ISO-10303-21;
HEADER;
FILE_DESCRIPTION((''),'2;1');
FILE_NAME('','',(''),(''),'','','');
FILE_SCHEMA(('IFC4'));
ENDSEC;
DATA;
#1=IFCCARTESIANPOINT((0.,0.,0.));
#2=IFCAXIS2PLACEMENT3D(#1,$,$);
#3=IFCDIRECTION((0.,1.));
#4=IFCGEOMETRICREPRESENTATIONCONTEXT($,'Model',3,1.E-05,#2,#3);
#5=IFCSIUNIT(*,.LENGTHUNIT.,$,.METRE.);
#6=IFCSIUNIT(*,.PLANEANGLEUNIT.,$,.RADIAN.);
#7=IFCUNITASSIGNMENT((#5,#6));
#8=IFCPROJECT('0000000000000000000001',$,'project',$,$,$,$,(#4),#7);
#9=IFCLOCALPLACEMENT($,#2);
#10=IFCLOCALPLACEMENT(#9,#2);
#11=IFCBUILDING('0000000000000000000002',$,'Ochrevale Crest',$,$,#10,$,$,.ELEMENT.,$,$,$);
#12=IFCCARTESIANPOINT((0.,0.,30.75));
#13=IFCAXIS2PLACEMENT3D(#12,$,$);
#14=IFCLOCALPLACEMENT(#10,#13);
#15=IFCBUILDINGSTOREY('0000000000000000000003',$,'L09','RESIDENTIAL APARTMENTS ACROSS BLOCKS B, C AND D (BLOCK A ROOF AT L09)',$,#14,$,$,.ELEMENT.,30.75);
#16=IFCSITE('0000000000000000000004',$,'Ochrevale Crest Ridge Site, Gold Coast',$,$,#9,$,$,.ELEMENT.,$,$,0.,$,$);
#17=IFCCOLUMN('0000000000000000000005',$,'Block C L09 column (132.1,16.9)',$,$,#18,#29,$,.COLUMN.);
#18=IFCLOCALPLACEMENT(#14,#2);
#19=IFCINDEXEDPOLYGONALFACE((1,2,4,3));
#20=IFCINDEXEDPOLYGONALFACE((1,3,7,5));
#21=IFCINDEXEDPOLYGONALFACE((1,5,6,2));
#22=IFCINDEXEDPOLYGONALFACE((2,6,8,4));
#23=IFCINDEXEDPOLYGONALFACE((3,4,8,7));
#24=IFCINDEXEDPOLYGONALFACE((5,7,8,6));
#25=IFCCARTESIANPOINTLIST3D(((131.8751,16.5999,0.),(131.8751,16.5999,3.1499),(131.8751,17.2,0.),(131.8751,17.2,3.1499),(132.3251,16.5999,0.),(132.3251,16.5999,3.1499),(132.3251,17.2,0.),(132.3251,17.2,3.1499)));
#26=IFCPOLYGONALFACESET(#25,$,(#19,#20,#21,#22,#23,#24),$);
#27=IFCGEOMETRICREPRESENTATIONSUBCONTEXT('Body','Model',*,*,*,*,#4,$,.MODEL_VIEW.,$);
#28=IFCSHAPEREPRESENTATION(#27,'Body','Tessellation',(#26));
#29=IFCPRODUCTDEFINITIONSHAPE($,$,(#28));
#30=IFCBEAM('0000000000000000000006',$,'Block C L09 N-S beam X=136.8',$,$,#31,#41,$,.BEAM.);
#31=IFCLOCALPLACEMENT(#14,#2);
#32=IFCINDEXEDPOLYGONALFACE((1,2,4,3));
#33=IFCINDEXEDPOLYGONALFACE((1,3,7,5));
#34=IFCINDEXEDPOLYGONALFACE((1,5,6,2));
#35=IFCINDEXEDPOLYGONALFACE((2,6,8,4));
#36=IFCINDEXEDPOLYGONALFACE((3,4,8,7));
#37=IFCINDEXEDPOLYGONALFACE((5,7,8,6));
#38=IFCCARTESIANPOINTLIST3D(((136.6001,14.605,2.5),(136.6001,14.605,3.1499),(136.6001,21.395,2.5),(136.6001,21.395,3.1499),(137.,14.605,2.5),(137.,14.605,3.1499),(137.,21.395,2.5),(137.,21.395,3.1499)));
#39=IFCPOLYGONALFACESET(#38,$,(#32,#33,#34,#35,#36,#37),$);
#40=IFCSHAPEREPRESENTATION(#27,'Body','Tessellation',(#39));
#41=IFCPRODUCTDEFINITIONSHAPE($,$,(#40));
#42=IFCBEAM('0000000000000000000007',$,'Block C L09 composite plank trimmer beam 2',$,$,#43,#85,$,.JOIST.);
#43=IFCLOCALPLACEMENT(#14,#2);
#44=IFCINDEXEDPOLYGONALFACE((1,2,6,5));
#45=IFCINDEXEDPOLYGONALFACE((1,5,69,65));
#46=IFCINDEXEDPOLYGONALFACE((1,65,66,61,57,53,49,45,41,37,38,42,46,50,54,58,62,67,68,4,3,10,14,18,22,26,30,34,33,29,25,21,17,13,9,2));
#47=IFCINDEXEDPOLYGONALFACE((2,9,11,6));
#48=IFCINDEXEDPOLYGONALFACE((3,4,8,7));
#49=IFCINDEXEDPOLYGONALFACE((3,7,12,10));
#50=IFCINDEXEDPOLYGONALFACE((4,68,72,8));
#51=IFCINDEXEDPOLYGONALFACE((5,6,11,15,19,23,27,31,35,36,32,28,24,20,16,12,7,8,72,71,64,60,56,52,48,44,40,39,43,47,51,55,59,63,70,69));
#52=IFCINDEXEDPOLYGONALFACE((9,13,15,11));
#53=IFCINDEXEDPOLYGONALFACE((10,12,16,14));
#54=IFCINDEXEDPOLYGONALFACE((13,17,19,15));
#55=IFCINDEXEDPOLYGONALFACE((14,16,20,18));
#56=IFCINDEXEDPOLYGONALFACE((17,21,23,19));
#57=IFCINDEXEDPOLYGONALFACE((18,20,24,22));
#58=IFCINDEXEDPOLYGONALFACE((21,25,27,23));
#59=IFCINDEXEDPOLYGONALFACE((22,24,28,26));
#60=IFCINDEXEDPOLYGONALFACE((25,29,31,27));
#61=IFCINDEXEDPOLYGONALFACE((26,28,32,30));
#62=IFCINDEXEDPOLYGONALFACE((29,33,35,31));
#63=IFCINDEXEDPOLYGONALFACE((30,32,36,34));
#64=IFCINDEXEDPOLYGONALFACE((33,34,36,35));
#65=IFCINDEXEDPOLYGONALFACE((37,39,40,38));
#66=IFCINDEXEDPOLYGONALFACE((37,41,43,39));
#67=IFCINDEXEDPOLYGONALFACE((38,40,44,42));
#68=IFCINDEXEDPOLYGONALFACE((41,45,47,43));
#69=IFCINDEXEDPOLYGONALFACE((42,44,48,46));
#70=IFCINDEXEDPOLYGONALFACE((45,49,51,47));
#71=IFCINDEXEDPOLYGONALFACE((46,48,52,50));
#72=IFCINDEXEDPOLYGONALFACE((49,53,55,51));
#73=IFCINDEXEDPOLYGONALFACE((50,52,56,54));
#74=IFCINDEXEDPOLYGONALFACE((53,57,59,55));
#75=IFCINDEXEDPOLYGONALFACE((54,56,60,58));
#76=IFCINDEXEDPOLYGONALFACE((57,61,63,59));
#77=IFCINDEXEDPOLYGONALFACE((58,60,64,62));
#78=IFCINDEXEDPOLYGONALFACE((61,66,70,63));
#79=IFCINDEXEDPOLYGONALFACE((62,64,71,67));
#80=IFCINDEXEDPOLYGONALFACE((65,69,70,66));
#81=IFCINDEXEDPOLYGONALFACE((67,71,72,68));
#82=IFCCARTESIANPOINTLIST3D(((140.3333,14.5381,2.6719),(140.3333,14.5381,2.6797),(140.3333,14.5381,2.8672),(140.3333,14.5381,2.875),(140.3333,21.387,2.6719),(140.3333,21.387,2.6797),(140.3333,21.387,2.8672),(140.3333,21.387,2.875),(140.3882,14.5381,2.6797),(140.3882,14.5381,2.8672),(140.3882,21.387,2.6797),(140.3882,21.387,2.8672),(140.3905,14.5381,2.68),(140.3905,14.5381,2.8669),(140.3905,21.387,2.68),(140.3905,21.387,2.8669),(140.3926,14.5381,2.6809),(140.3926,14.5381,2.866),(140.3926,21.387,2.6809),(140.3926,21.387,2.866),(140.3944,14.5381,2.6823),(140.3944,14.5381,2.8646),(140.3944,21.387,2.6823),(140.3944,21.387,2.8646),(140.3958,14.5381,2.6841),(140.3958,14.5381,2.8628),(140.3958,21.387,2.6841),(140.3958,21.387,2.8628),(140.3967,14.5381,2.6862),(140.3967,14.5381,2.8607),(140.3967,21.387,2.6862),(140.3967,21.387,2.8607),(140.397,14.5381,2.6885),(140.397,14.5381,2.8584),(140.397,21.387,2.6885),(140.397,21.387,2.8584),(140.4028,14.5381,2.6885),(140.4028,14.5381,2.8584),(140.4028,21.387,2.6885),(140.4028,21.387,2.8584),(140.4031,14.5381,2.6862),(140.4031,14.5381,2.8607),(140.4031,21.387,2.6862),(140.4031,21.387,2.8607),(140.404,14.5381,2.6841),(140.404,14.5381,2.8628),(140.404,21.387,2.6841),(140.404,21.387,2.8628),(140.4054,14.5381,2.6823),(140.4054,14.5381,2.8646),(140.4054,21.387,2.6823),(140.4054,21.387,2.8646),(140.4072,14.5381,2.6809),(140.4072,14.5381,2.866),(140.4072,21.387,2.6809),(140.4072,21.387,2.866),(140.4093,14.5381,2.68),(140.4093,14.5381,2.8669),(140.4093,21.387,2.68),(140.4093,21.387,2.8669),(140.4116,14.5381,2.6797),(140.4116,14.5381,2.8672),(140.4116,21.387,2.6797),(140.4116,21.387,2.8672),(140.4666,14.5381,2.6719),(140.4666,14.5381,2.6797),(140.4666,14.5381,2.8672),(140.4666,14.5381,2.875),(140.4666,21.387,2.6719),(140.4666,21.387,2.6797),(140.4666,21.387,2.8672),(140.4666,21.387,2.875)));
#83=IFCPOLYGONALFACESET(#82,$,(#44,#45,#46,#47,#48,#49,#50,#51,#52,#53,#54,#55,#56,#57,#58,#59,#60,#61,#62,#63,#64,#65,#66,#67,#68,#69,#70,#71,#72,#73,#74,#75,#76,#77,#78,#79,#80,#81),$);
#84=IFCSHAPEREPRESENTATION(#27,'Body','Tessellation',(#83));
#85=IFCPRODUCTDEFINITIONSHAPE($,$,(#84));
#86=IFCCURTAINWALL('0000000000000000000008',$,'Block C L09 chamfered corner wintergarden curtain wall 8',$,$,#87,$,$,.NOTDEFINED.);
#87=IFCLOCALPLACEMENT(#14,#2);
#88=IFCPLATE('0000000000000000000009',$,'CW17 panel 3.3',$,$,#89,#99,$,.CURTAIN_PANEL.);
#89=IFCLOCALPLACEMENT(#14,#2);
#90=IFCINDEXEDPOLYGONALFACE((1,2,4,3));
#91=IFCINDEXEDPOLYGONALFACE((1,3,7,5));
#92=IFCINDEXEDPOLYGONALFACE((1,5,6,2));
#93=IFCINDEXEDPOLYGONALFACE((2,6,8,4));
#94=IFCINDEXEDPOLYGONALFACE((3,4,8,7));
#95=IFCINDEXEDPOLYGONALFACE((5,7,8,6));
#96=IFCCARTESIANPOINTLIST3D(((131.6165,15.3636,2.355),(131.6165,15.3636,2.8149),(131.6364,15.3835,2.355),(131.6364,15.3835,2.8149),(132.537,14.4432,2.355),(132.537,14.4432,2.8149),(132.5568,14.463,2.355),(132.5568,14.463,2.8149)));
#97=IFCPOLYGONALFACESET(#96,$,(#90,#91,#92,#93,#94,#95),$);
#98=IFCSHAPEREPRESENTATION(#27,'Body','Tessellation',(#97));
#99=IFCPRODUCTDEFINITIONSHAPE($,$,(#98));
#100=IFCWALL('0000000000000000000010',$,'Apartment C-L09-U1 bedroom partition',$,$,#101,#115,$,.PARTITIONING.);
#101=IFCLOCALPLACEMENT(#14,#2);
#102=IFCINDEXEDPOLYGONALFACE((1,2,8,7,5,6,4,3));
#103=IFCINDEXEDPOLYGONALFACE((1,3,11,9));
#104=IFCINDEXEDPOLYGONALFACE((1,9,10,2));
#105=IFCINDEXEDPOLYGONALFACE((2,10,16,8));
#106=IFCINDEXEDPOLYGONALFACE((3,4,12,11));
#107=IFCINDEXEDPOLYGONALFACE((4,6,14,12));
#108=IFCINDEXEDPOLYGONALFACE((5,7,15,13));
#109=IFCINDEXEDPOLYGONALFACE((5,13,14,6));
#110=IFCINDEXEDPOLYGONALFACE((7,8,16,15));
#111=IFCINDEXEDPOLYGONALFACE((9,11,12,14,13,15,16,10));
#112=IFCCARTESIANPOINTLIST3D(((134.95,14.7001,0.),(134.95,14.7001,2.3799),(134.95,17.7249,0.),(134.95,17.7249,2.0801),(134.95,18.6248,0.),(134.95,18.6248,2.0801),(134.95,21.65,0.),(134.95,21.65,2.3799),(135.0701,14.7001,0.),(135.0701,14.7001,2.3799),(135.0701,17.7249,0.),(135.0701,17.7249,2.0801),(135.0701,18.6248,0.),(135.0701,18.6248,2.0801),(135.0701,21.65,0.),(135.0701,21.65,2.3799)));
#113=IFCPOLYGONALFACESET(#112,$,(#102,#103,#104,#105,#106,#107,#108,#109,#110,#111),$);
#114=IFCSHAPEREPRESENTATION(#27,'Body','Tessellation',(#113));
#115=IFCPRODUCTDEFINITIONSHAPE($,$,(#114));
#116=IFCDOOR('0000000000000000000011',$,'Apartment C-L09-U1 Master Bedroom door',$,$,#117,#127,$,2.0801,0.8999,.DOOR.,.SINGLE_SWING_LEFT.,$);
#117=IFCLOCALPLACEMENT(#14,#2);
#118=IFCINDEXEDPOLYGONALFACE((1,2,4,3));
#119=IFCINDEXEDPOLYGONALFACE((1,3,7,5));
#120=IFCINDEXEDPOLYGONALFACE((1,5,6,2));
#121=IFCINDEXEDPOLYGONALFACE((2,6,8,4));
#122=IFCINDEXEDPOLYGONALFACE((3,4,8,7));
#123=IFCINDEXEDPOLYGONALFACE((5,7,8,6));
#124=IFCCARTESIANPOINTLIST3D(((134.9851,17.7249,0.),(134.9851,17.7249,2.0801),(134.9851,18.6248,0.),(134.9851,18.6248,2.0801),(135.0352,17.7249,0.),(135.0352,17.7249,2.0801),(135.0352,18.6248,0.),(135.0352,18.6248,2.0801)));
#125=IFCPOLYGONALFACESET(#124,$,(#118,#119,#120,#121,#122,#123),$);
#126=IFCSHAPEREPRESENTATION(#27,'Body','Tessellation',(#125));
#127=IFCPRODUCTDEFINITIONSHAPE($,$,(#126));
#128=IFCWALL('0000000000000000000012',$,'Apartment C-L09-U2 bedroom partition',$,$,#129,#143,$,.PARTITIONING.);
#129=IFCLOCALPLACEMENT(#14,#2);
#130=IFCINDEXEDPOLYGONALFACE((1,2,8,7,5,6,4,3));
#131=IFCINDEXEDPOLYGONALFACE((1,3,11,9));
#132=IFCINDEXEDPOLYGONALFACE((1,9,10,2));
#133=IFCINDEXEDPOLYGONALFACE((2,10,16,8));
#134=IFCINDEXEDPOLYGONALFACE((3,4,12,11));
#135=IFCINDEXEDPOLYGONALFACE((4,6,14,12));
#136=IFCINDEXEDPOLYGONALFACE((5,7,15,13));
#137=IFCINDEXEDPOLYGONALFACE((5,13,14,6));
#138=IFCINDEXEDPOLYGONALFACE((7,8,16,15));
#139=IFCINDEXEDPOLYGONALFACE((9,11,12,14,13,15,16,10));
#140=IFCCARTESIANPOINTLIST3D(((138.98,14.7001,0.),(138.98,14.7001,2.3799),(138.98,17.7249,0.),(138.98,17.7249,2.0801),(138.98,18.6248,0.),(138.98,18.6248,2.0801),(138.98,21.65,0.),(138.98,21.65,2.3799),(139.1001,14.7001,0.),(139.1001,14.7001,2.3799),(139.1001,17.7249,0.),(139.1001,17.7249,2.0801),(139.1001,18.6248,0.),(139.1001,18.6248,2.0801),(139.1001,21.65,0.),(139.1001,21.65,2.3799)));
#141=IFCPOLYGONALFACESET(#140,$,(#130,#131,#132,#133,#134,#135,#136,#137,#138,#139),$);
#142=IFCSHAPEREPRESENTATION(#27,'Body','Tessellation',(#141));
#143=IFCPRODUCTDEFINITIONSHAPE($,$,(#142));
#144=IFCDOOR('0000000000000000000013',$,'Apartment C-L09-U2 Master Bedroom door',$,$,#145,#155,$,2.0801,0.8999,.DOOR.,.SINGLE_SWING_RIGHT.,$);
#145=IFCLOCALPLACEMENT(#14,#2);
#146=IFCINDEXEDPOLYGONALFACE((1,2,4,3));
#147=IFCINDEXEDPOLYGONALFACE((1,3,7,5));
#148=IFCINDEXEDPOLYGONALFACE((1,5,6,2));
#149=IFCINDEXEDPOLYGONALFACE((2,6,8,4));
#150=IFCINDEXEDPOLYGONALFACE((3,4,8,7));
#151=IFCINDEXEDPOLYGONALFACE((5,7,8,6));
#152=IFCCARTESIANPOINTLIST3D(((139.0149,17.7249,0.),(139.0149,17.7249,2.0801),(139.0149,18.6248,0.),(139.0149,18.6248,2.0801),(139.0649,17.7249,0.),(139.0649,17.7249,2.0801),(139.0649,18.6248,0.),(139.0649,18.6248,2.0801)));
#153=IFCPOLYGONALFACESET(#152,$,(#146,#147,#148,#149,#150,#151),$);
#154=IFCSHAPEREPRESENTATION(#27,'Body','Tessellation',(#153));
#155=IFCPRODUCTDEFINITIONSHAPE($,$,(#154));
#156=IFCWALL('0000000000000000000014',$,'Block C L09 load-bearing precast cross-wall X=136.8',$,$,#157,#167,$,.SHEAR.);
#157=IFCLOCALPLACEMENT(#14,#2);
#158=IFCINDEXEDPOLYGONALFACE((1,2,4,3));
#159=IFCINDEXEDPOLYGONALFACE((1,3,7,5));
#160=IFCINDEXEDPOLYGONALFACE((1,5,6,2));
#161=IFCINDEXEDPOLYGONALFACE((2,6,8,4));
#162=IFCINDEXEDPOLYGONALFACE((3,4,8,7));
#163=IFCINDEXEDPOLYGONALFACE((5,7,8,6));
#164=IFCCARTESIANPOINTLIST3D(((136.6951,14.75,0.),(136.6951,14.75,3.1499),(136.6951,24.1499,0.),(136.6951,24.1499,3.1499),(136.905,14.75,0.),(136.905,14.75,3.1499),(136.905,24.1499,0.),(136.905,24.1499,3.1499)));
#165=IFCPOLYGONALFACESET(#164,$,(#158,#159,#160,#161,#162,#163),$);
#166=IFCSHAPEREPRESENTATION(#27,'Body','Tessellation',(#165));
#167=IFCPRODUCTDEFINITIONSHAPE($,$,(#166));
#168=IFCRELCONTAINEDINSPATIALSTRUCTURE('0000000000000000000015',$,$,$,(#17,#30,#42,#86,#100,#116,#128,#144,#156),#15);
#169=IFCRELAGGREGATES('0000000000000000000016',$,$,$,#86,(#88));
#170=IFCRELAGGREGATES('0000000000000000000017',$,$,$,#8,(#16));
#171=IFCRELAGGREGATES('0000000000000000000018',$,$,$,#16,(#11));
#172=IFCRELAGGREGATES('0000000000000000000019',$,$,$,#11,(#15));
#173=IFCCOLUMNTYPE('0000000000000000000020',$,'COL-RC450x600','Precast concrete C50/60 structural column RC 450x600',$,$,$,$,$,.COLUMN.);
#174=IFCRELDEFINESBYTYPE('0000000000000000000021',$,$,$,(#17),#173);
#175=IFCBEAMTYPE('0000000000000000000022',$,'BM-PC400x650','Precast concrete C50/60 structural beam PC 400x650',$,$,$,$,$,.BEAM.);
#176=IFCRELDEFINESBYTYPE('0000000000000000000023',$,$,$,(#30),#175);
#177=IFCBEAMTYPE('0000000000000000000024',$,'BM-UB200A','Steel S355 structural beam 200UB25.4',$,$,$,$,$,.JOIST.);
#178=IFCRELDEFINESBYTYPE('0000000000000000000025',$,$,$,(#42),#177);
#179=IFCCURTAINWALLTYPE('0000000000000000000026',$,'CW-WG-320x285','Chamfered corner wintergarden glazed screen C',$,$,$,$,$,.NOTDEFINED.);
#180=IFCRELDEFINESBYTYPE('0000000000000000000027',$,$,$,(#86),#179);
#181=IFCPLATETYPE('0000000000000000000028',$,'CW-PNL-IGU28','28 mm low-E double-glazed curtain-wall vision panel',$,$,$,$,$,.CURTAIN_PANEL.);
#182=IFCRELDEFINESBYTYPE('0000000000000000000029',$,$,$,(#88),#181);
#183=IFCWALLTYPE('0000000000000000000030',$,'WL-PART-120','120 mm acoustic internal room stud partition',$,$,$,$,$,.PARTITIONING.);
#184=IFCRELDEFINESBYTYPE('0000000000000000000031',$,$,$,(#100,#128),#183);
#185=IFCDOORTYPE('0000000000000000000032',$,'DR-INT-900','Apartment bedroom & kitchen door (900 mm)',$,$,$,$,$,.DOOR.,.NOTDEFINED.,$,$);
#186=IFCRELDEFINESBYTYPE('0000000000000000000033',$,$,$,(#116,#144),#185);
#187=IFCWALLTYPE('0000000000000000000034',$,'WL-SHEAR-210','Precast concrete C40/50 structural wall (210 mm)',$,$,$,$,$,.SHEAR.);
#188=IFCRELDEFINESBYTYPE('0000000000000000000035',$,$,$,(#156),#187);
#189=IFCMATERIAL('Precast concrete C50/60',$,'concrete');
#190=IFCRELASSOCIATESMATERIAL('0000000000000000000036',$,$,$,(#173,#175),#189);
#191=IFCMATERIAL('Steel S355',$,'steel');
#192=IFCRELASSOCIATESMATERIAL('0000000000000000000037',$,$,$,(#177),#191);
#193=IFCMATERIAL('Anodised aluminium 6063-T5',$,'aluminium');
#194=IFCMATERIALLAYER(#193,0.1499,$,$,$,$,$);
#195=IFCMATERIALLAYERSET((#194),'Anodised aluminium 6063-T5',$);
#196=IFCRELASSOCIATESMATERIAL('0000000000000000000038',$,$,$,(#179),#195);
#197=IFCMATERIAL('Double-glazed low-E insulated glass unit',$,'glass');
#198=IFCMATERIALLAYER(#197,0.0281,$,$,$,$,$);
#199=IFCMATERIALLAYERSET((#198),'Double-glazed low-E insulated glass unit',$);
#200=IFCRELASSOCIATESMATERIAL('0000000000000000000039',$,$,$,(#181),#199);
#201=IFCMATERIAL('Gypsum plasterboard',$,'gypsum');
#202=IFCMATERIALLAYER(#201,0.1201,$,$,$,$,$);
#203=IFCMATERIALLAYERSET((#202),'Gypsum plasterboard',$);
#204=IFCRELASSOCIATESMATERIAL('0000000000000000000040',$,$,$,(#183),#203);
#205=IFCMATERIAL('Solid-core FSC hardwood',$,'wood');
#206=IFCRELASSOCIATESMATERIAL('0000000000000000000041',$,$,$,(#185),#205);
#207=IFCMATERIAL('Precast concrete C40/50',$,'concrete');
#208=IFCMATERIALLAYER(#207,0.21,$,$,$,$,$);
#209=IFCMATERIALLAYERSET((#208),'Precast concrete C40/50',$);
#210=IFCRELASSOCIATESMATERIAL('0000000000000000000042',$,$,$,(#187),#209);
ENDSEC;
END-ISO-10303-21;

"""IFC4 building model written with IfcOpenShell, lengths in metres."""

from ifc_helpers import new_model, si_unit, direction, frame, frame_2d, origin, origin_2d, place, context, subcontext, project, spatial, rectangle, i_section, extrude, material, layer, layer_set, material_profile, profile_set, type_object, element, fill, aggregate, save


model = new_model("IFC4")

# Units and contexts
model_context = context("Model", 3, precision=1e-05, world=origin(), true_north=direction((0.0, 1.0)))
body_context = subcontext(model_context, "Body", "Model", "MODEL_VIEW")
ifc_project = project(units=[si_unit("LENGTHUNIT", "METRE"), si_unit("PLANEANGLEUNIT", "RADIAN")], contexts=[model_context])

# Site, building, storey
site_placement = place(None, origin())
site = spatial("IfcSite", under=ifc_project, at=site_placement, Name="Ochrevale Crest Ridge Site, Gold Coast", CompositionType="ELEMENT", RefElevation=0.0)
building_placement = place(site_placement, origin())
building = spatial("IfcBuilding", under=site, at=building_placement, Name="Ochrevale Crest", CompositionType="ELEMENT")
storey_placement = place(building_placement, frame((0.0, 0.0, 30.75)))
storey = spatial("IfcBuildingStorey", under=building, at=storey_placement, Name="L09", Description="RESIDENTIAL APARTMENTS ACROSS BLOCKS B, C AND D (BLOCK A ROOF AT L09)", CompositionType="ELEMENT", Elevation=30.75)

# Column
ifc_material_1 = material(Name="Precast concrete C50/60", Category="concrete")
ifc_material_profile_1 = material_profile(ifc_material_1, rectangle(XDim=0.45, YDim=0.6001, at=origin_2d()), Name="RC 450x600")
ifc_profile_set_1 = profile_set([ifc_material_profile_1], Name="Precast concrete C50/60")
column_type = type_object("IfcColumnType", Name="COL-RC450x600", Description="Precast concrete C50/60 structural column RC 450x600", PredefinedType="COLUMN", material=ifc_profile_set_1)
column_placement = place(storey_placement, frame((132.1001, 16.8999, 0.0), z_axis=(0.0, 0.0, 1.0), x_axis=(1.0, 0.0, 0.0)))
element("IfcColumn", 1, at=column_placement, inside=storey, type_object=column_type, Name="Block C L09 column (132.1,16.9)", PredefinedType="COLUMN", context=body_context, shape_type="SweptSolid", body=[
    extrude(rectangle(XDim=0.45, YDim=0.6001, at=origin_2d()), origin(), (0.0, 0.0, 1.0), 3.1499),
])

# Beams
ifc_material_profile_2 = material_profile(ifc_material_1, rectangle(XDim=0.3999, YDim=0.6499, at=origin_2d()), Name="PC 400x650")
ifc_profile_set_2 = profile_set([ifc_material_profile_2], Name="Precast concrete C50/60")
beam_type_1 = type_object("IfcBeamType", Name="BM-PC400x650", Description="Precast concrete C50/60 structural beam PC 400x650", PredefinedType="BEAM", material=ifc_profile_set_2)
beam_1_placement = place(storey_placement, frame((136.8, 14.605, 2.825), z_axis=(0.0, 1.0, 0.0), x_axis=(-1.0, 0.0, 0.0)))
element("IfcBeam", 2, at=beam_1_placement, inside=storey, type_object=beam_type_1, Name="Block C L09 N-S beam X=136.8", PredefinedType="BEAM", context=body_context, shape_type="SweptSolid", body=[
    extrude(rectangle(XDim=0.3999, YDim=0.6499, at=origin_2d()), origin(), (0.0, 0.0, 1.0), 6.79),
])
ifc_material_2 = material(Name="Steel S355", Category="steel")
ifc_material_profile_3 = material_profile(ifc_material_2, i_section(OverallWidth=0.1333, OverallDepth=0.2031, WebThickness=0.0059, FlangeThickness=0.0078, FilletRadius=0.0088, at=origin_2d()), Name="200UB25.4")
ifc_profile_set_3 = profile_set([ifc_material_profile_3], Name="Steel S355")
beam_type_2 = type_object("IfcBeamType", Name="BM-UB200A", Description="Steel S355 structural beam 200UB25.4", PredefinedType="JOIST", material=ifc_profile_set_3)
beam_2_placement = place(storey_placement, frame((140.3999, 14.5381, 2.7734), z_axis=(0.0, 1.0, 0.0), x_axis=(-1.0, 0.0, 0.0)))
element("IfcBeam", 3, at=beam_2_placement, inside=storey, type_object=beam_type_2, Name="Block C L09 composite plank trimmer beam 2", PredefinedType="JOIST", context=body_context, shape_type="SweptSolid", body=[
    extrude(i_section(OverallWidth=0.1333, OverallDepth=0.2031, WebThickness=0.0059, FlangeThickness=0.0078, FilletRadius=0.0088, at=origin_2d()), origin(), (0.0, 0.0, 1.0), 6.8489),
])

# Curtain wall, plate
ifc_material_3 = material(Name="Anodised aluminium 6063-T5", Category="aluminium")
ifc_layer_1 = layer(ifc_material_3, 0.1499)
ifc_layer_set_1 = layer_set([ifc_layer_1], Name="Anodised aluminium 6063-T5")
curtain_wall_type = type_object("IfcCurtainWallType", Name="CW-WG-320x285", Description="Chamfered corner wintergarden glazed screen C", PredefinedType="NOTDEFINED", material=ifc_layer_set_1)
curtain_wall_placement = place(storey_placement, origin())
curtain_wall = element("IfcCurtainWall", 4, at=curtain_wall_placement, inside=storey, type_object=curtain_wall_type, Name="Block C L09 chamfered corner wintergarden curtain wall 8", PredefinedType="NOTDEFINED")
ifc_material_4 = material(Name="Double-glazed low-E insulated glass unit", Category="glass")
ifc_layer_2 = layer(ifc_material_4, 0.0281)
ifc_layer_set_2 = layer_set([ifc_layer_2], Name="Double-glazed low-E insulated glass unit")
plate_type = type_object("IfcPlateType", Name="CW-PNL-IGU28", Description="28 mm low-E double-glazed curtain-wall vision panel", PredefinedType="CURTAIN_PANEL", material=ifc_layer_set_2)
plate_placement = place(storey_placement, frame((132.0867, 14.9133, 2.355), z_axis=(0.0, 0.0, 1.0), x_axis=(0.707107, -0.707107, 0.0)))
plate = element("IfcPlate", 5, at=plate_placement, type_object=plate_type, Name="CW17 panel 3.3", PredefinedType="CURTAIN_PANEL", context=body_context, shape_type="SweptSolid", body=[
    extrude(rectangle(XDim=1.3018, YDim=0.0281, at=origin_2d()), origin(), (0.0, 0.0, 1.0), 0.46),
])
aggregate(curtain_wall, [plate])

# Shared definitions
ifc_material_5 = material(Name="Precast concrete C40/50", Category="concrete")

# Walls, openings, doors
ifc_material_6 = material(Name="Gypsum plasterboard", Category="gypsum")
ifc_layer_3 = layer(ifc_material_6, 0.1201)
ifc_layer_set_3 = layer_set([ifc_layer_3], Name="Gypsum plasterboard")
wall_type_1 = type_object("IfcWallType", Name="WL-PART-120", Description="120 mm acoustic internal room stud partition", PredefinedType="PARTITIONING", material=ifc_layer_set_3)
wall_1_placement = place(storey_placement, frame((135.01, 14.7, 0.0), z_axis=(0.0, 0.0, 1.0), x_axis=(0.0, 1.0, 0.0)))
wall_1 = element("IfcWall", 6, at=wall_1_placement, inside=storey, type_object=wall_type_1, Name="Apartment C-L09-U1 bedroom partition", PredefinedType="PARTITIONING", context=body_context, shape_type="SweptSolid", body=[
    extrude(rectangle(XDim=6.95, YDim=0.1201, at=frame_2d((3.4751, 0.0))), origin(), (0.0, 0.0, 1.0), 2.3799),
])
opening_1_placement = place(wall_1_placement, frame((3.0249, 0.0, 0.0)))
opening_1 = element("IfcOpeningElement", 7, at=opening_1_placement, cuts=wall_1, PredefinedType="OPENING", context=body_context, shape_type="SweptSolid", body=[
    extrude(rectangle(XDim=0.8999, YDim=2.0801, at=frame_2d((0.45, 1.04))), frame((0.0, 0.0701, 0.0), z_axis=(0.0, -1.0, 0.0), x_axis=(1.0, 0.0, 0.0)), (0.0, 0.0, 1.0), 0.1401),
])
ifc_material_7 = material(Name="Solid-core FSC hardwood", Category="wood")
door_type_1 = type_object("IfcDoorType", Name="DR-INT-900", Description="Apartment bedroom & kitchen door (900 mm)", OperationType="NOTDEFINED", PredefinedType="DOOR", material=ifc_material_7)
door_1_placement = place(opening_1_placement, origin())
door_1 = element("IfcDoor", 8, at=door_1_placement, inside=storey, type_object=door_type_1, Name="Apartment C-L09-U1 Master Bedroom door", OperationType="SINGLE_SWING_LEFT", OverallHeight=2.0801, OverallWidth=0.8999, PredefinedType="DOOR", context=body_context, shape_type="SweptSolid", body=[
    extrude(rectangle(XDim=0.8999, YDim=2.0801, at=frame_2d((0.45, 1.04))), frame((0.0, 0.0249, 0.0), z_axis=(0.0, -1.0, 0.0), x_axis=(1.0, 0.0, 0.0)), (0.0, 0.0, 1.0), 0.05),
])
fill(opening_1, door_1)
wall_2_placement = place(storey_placement, frame((139.04, 14.7, 0.0), z_axis=(0.0, 0.0, 1.0), x_axis=(0.0, 1.0, 0.0)))
wall_2 = element("IfcWall", 9, at=wall_2_placement, inside=storey, type_object=wall_type_1, Name="Apartment C-L09-U2 bedroom partition", PredefinedType="PARTITIONING", context=body_context, shape_type="SweptSolid", body=[
    extrude(rectangle(XDim=6.95, YDim=0.1201, at=frame_2d((3.4751, 0.0))), origin(), (0.0, 0.0, 1.0), 2.3799),
])
opening_2_placement = place(wall_2_placement, frame((3.9248, 0.0, 0.0), z_axis=(0.0, 0.0, 1.0), x_axis=(-1.0, 0.0, 0.0)))
opening_2 = element("IfcOpeningElement", 10, at=opening_2_placement, cuts=wall_2, PredefinedType="OPENING", context=body_context, shape_type="SweptSolid", body=[
    extrude(rectangle(XDim=0.8999, YDim=2.0801, at=frame_2d((0.45, 1.04))), frame((0.0, 0.0701, 0.0), z_axis=(0.0, -1.0, 0.0), x_axis=(1.0, 0.0, 0.0)), (0.0, 0.0, 1.0), 0.1401),
])
door_2_placement = place(opening_2_placement, origin())
door_2 = element("IfcDoor", 11, at=door_2_placement, inside=storey, type_object=door_type_1, Name="Apartment C-L09-U2 Master Bedroom door", OperationType="SINGLE_SWING_RIGHT", OverallHeight=2.0801, OverallWidth=0.8999, PredefinedType="DOOR", context=body_context, shape_type="SweptSolid", body=[
    extrude(rectangle(XDim=0.8999, YDim=2.0801, at=frame_2d((0.45, 1.04))), frame((0.0, 0.0249, 0.0), z_axis=(0.0, -1.0, 0.0), x_axis=(1.0, 0.0, 0.0)), (0.0, 0.0, 1.0), 0.05),
])
fill(opening_2, door_2)

# Wall
ifc_layer_4 = layer(ifc_material_5, 0.21)
ifc_layer_set_4 = layer_set([ifc_layer_4], Name="Precast concrete C40/50")
wall_type_2 = type_object("IfcWallType", Name="WL-SHEAR-210", Description="Precast concrete C40/50 structural wall (210 mm)", PredefinedType="SHEAR", material=ifc_layer_set_4)
wall_3_placement = place(storey_placement, frame((136.8, 14.75, 0.0), z_axis=(0.0, 0.0, 1.0), x_axis=(0.0, 1.0, 0.0)))
element("IfcWall", 12, at=wall_3_placement, inside=storey, type_object=wall_type_2, Name="Block C L09 load-bearing precast cross-wall X=136.8", PredefinedType="SHEAR", context=body_context, shape_type="SweptSolid", body=[
    extrude(rectangle(XDim=9.3999, YDim=0.21, at=frame_2d((4.7, 0.0))), origin(), (0.0, 0.0, 1.0), 3.1499),
])

save(model, "model.ifc")
